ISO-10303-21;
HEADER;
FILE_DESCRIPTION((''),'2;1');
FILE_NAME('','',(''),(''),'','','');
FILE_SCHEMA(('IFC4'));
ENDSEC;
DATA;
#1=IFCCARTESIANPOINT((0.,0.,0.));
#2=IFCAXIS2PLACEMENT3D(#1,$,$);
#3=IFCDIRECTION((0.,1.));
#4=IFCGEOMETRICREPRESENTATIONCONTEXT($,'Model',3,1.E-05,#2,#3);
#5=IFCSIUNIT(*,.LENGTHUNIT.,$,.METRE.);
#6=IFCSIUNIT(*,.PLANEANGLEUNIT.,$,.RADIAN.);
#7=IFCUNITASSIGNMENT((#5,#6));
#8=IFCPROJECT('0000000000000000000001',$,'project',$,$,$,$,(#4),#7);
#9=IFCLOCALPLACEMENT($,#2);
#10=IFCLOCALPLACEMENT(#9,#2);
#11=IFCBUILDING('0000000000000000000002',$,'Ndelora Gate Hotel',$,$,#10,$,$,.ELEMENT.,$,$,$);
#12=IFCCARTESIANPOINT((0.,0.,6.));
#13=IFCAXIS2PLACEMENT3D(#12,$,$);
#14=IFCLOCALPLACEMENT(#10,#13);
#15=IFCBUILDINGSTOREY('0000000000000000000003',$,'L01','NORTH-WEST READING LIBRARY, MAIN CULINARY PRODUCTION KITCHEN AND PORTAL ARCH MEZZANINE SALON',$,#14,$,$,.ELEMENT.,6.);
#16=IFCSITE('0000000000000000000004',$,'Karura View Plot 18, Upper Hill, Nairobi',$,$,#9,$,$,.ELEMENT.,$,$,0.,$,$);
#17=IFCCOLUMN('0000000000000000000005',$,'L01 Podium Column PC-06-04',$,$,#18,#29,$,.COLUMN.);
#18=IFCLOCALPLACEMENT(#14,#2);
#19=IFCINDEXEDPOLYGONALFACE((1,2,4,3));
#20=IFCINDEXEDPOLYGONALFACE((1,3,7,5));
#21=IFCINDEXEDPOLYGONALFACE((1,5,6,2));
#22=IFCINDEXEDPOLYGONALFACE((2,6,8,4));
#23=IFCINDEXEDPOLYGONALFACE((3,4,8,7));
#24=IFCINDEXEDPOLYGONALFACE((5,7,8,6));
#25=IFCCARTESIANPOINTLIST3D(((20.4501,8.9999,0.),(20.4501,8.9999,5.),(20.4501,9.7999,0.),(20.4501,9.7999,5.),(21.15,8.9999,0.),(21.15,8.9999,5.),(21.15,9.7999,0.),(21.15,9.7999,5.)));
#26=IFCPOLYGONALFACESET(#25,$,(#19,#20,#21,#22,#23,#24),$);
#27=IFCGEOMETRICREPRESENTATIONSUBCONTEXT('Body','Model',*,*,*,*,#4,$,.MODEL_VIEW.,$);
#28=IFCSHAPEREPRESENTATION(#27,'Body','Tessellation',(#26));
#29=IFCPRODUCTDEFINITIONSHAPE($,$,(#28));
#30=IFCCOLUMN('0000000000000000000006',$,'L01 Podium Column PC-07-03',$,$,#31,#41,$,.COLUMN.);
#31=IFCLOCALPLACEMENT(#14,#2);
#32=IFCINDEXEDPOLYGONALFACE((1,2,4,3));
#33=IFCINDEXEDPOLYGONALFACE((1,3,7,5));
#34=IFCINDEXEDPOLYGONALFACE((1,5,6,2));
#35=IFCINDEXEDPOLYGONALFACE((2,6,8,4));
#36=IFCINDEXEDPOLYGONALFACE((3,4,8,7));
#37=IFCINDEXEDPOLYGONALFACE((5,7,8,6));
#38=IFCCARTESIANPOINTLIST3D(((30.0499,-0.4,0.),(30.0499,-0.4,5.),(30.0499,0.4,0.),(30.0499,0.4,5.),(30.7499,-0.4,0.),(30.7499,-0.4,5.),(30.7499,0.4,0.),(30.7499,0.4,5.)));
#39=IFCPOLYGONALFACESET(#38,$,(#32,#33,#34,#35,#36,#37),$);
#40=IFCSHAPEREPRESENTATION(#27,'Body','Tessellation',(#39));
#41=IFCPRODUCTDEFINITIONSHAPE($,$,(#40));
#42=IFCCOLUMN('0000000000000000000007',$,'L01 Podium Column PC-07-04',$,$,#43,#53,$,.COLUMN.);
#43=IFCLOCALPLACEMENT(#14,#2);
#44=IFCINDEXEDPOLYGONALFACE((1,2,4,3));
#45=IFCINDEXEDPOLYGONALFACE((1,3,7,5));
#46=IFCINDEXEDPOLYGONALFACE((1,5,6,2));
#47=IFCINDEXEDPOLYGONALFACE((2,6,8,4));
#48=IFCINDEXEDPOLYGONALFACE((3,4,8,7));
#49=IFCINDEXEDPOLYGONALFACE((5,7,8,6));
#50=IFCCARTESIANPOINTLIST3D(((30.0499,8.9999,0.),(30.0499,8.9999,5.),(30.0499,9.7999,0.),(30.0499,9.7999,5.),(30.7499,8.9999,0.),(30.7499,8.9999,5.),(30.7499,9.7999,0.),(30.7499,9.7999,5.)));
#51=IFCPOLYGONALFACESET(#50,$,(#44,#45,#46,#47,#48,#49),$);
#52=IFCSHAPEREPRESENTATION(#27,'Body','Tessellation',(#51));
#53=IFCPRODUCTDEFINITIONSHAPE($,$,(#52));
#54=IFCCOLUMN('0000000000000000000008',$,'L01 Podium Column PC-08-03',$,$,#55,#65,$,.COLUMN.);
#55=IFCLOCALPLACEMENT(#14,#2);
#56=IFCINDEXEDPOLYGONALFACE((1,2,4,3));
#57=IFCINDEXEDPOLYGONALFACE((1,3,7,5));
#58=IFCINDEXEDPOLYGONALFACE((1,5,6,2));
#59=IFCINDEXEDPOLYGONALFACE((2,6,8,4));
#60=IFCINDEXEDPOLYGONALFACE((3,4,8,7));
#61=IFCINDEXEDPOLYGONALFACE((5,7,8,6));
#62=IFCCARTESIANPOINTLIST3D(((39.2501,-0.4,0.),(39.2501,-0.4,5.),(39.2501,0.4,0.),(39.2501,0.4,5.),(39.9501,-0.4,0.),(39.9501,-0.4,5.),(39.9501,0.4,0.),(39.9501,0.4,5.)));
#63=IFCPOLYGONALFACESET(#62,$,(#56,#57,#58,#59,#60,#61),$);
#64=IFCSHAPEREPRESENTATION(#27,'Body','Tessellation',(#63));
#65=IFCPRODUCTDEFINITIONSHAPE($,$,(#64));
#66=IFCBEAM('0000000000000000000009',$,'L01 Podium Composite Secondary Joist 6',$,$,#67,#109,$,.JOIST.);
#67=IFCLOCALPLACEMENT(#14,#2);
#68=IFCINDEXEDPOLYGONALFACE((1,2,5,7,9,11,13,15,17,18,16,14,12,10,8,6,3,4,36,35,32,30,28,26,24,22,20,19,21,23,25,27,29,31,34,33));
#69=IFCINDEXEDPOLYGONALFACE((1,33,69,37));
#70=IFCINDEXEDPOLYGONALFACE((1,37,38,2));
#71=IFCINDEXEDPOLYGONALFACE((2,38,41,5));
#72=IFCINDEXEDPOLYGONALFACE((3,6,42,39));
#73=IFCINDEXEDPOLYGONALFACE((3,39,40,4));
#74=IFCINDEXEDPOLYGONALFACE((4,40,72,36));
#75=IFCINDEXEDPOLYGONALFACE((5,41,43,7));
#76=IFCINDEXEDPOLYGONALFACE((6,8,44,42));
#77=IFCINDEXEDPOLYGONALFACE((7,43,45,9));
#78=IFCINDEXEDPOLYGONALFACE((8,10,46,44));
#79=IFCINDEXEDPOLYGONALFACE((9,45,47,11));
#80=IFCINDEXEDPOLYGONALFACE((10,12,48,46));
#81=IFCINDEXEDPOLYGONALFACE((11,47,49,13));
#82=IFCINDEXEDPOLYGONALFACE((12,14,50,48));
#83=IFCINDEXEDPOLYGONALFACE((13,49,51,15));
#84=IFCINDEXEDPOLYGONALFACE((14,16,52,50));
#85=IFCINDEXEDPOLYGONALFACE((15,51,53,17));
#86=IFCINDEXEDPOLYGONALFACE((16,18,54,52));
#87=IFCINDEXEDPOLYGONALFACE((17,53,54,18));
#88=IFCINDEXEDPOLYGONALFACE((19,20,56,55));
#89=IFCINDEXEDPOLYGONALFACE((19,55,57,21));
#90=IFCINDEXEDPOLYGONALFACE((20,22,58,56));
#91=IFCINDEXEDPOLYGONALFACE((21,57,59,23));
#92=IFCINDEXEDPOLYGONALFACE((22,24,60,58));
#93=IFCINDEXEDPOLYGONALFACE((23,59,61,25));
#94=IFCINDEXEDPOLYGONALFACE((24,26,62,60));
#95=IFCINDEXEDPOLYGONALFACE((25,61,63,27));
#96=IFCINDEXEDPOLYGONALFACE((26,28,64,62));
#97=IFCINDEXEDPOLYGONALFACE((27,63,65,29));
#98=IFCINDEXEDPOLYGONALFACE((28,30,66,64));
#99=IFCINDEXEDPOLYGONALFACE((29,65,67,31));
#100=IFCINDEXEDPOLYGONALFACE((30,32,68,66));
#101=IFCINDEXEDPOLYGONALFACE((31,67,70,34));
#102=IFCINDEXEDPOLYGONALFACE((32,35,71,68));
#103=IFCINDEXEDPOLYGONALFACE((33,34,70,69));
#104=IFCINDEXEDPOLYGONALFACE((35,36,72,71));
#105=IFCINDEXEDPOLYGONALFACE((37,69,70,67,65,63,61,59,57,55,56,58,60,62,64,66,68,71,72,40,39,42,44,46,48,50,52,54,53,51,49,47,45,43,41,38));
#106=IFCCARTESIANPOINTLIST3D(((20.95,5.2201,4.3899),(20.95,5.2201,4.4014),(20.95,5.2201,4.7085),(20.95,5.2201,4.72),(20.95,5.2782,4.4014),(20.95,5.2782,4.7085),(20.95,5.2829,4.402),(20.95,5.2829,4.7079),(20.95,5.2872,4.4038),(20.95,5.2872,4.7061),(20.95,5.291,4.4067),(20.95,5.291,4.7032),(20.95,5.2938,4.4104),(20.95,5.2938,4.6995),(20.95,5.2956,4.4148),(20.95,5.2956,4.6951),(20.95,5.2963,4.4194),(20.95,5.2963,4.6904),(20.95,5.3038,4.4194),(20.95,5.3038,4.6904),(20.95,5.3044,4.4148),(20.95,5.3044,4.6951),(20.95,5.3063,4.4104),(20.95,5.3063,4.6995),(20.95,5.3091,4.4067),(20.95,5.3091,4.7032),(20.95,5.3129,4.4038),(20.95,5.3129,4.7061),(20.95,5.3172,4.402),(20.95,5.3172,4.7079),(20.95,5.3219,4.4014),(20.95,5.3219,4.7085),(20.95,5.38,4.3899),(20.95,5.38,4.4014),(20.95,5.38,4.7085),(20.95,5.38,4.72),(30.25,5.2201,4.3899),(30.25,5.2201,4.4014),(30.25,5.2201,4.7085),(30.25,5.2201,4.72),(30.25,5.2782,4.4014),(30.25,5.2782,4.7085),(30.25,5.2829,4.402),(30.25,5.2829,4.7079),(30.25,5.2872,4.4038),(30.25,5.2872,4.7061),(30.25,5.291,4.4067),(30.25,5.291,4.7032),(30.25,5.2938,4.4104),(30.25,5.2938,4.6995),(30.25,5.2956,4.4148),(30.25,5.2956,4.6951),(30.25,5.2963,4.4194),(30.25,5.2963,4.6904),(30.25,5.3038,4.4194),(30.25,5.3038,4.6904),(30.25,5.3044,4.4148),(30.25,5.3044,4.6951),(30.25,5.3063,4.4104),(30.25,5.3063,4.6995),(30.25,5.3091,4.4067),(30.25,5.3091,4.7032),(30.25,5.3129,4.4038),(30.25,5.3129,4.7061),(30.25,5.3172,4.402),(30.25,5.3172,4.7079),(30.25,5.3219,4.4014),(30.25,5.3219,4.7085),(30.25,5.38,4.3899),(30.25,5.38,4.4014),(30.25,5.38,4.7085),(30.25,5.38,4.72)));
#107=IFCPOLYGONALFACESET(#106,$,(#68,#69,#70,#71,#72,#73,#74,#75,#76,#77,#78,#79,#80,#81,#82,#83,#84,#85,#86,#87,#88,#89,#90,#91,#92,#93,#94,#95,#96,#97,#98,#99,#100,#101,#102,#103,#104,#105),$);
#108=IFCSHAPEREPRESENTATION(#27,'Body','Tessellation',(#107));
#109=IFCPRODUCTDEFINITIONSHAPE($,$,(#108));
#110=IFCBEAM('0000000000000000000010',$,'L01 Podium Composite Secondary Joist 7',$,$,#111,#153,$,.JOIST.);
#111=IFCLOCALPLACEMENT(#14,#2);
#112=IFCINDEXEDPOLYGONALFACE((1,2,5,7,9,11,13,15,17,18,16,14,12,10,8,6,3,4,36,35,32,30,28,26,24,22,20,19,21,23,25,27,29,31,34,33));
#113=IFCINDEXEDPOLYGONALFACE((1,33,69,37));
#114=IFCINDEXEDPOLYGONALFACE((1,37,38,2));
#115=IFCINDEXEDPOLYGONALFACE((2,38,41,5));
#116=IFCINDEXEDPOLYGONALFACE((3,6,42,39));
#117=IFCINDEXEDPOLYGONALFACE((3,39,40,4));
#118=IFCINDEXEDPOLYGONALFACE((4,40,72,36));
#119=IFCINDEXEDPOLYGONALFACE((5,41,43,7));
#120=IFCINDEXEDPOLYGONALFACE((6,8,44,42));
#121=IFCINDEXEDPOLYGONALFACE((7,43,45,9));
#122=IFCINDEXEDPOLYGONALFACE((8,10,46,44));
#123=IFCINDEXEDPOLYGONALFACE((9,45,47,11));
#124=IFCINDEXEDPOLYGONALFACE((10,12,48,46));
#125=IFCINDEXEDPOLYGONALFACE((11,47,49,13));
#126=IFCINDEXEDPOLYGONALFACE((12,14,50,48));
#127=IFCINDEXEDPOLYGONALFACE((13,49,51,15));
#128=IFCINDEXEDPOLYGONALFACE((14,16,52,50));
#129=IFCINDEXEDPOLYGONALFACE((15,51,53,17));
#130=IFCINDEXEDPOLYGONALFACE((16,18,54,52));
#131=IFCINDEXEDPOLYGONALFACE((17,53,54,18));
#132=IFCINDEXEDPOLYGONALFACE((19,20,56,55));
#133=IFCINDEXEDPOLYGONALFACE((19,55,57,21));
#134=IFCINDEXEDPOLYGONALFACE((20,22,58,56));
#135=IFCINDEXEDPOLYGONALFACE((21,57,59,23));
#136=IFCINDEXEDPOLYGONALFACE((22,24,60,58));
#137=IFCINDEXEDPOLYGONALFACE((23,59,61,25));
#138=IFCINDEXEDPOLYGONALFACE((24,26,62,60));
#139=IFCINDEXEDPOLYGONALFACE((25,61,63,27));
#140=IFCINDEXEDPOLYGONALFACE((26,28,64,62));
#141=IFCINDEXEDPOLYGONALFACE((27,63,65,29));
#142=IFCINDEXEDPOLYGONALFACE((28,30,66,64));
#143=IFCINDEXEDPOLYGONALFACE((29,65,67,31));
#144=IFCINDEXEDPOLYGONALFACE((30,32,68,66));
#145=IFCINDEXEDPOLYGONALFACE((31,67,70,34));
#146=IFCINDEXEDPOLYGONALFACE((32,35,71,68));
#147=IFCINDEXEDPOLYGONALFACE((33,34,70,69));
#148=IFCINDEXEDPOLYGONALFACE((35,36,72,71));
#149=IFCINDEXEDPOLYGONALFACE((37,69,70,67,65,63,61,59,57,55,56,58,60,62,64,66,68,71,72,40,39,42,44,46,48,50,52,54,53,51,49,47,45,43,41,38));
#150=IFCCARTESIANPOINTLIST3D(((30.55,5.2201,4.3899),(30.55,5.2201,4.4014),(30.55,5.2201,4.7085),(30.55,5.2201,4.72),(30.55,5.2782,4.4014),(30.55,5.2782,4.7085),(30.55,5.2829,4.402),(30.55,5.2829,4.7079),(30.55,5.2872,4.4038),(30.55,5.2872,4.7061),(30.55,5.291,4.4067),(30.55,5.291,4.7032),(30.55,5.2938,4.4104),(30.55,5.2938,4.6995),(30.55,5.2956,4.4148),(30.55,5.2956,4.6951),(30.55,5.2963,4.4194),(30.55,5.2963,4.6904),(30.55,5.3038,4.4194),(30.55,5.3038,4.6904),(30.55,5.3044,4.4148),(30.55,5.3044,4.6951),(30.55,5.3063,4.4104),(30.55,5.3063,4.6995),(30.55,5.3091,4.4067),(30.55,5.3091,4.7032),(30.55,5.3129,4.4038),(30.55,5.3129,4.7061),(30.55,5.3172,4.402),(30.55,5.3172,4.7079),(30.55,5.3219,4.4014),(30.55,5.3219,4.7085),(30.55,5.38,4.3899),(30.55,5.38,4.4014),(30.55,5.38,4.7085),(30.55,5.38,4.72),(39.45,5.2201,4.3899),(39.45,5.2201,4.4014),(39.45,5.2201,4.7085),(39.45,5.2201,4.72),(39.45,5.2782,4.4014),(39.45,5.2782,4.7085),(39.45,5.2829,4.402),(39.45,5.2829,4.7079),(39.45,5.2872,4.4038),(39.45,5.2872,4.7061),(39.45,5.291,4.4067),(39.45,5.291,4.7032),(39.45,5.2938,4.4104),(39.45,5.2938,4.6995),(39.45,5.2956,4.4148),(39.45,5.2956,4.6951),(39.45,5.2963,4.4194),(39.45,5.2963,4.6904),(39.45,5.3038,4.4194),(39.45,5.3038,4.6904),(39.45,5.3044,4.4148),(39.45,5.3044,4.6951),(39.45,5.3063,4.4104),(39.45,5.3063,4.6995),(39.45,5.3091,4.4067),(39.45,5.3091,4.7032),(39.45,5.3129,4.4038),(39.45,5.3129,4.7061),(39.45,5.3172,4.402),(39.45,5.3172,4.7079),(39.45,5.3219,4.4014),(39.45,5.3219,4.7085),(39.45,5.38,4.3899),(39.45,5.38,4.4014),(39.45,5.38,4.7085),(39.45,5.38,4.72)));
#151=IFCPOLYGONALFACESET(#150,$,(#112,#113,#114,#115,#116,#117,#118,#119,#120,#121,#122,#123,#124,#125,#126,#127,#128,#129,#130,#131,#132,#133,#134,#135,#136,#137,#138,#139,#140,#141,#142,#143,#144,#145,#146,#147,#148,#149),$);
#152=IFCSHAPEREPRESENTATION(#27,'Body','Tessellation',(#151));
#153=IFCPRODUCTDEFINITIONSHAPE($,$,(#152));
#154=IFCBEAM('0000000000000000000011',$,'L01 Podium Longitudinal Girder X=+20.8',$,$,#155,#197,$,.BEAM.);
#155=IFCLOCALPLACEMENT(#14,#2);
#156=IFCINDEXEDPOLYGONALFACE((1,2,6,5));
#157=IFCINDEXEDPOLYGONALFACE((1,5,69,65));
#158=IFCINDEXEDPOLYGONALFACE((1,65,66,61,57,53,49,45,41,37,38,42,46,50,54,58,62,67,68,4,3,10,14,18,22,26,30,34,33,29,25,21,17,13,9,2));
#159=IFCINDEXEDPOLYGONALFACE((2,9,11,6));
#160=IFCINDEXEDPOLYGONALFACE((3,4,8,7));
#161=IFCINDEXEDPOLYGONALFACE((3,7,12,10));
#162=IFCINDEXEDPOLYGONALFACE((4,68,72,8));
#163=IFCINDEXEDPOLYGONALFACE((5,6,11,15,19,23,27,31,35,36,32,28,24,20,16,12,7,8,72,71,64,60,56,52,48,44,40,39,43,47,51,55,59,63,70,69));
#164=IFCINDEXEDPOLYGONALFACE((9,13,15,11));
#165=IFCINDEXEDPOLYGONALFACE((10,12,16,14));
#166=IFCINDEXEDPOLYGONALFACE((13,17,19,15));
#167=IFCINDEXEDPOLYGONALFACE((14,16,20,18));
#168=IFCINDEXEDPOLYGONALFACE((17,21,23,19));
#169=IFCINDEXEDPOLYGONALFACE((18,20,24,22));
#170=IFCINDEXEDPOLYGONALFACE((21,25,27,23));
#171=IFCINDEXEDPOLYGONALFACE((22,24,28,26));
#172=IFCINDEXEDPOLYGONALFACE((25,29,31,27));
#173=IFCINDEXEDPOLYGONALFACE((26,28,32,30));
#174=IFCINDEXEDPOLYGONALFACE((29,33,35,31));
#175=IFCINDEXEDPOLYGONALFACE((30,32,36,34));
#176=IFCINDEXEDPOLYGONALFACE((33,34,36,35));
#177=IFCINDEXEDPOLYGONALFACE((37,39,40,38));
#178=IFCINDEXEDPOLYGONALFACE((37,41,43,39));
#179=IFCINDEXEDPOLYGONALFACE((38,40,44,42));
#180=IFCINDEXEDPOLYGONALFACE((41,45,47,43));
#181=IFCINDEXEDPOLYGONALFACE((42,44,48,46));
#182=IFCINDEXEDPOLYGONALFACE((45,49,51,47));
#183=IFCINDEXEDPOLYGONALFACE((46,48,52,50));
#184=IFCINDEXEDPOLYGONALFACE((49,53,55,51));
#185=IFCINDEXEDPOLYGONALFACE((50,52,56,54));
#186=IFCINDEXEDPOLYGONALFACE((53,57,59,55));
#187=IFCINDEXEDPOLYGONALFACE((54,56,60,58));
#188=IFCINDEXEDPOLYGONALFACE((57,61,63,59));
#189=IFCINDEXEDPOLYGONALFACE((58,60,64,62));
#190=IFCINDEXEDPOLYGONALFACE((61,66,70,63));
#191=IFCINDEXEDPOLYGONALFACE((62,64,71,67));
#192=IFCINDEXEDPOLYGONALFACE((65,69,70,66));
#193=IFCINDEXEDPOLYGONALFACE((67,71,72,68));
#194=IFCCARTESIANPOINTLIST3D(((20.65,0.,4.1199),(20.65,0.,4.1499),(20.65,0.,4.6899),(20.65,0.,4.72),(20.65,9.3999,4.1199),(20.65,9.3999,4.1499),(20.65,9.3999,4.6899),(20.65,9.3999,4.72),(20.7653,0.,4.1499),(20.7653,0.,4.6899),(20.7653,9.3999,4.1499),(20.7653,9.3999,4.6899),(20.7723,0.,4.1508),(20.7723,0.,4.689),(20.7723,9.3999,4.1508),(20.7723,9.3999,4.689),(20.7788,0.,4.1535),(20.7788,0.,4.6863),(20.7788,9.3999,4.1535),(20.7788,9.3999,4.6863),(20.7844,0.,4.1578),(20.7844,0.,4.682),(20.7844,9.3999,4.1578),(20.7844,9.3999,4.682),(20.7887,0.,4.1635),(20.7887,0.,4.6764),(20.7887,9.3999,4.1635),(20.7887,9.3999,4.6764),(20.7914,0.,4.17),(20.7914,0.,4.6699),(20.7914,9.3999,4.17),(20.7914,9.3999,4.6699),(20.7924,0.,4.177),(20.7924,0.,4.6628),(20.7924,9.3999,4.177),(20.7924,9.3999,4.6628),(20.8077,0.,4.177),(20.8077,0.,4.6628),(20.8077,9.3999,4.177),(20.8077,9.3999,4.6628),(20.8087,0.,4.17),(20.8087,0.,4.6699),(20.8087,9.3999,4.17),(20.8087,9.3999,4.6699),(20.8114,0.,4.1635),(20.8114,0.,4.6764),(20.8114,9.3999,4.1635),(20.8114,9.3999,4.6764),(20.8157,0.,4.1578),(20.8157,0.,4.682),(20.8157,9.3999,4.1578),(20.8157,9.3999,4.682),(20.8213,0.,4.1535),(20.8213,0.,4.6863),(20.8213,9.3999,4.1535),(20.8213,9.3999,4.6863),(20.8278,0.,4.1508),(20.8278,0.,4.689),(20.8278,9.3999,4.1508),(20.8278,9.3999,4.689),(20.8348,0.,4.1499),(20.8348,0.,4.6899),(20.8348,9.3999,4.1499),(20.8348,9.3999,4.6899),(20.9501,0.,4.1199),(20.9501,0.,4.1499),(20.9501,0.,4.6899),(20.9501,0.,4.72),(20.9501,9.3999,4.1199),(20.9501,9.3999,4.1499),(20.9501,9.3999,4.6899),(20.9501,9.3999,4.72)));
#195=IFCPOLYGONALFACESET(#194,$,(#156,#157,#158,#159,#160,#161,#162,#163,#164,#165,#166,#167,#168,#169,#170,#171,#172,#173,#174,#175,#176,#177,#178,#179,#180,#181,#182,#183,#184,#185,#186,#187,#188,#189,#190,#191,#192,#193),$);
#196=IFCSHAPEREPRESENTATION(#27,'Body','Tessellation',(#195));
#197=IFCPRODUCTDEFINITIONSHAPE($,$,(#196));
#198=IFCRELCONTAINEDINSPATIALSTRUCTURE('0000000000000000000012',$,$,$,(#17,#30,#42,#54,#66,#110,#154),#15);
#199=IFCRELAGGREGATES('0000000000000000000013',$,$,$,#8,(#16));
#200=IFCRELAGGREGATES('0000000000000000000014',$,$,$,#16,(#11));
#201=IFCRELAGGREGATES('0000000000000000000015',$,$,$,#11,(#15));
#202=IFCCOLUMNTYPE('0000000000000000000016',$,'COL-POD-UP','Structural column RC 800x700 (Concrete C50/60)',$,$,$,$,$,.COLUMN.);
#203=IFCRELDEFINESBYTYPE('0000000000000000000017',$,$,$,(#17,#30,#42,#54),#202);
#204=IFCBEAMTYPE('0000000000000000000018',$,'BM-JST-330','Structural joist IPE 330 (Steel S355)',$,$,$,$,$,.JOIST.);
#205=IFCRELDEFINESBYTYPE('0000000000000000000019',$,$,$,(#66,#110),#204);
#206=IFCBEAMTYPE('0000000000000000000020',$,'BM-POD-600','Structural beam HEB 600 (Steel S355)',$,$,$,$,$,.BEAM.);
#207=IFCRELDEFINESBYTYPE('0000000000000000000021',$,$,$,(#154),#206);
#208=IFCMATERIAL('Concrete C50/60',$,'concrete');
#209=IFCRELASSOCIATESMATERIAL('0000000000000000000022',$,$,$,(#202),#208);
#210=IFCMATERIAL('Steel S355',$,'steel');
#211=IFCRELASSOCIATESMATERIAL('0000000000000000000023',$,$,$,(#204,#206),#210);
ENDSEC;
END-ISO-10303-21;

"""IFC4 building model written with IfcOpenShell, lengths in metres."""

from ifc_helpers import new_model, si_unit, direction, frame, origin, origin_2d, place, context, subcontext, project, spatial, rectangle, i_section, extrude, material, material_profile, profile_set, type_object, element, save


model = new_model("IFC4")

# Units and contexts
model_context = context("Model", 3, precision=1e-05, world=origin(), true_north=direction((0.0, 1.0)))
body_context = subcontext(model_context, "Body", "Model", "MODEL_VIEW")
ifc_project = project(units=[si_unit("LENGTHUNIT", "METRE"), si_unit("PLANEANGLEUNIT", "RADIAN")], contexts=[model_context])

# Site, building, storey
site_placement = place(None, origin())
site = spatial("IfcSite", under=ifc_project, at=site_placement, Name="Karura View Plot 18, Upper Hill, Nairobi", CompositionType="ELEMENT", RefElevation=0.0)
building_placement = place(site_placement, origin())
building = spatial("IfcBuilding", under=site, at=building_placement, Name="Ndelora Gate Hotel", CompositionType="ELEMENT")
storey_placement = place(building_placement, frame((0.0, 0.0, 6.0)))
storey = spatial("IfcBuildingStorey", under=building, at=storey_placement, Name="L01", Description="NORTH-WEST READING LIBRARY, MAIN CULINARY PRODUCTION KITCHEN AND PORTAL ARCH MEZZANINE SALON", CompositionType="ELEMENT", Elevation=6.0)

# Columns
ifc_material_1 = material(Name="Concrete C50/60", Category="concrete")
ifc_material_profile_1 = material_profile(ifc_material_1, rectangle(XDim=0.7, YDim=0.8, at=origin_2d()), Name="RC 800x700")
ifc_profile_set_1 = profile_set([ifc_material_profile_1], Name="Concrete C50/60")
column_type = type_object("IfcColumnType", Name="COL-POD-UP", Description="Structural column RC 800x700 (Concrete C50/60)", PredefinedType="COLUMN", material=ifc_profile_set_1)
for number, where, z_axis, x_axis, name in (
    (1, (20.8, 9.3999, 0.0), (0.0, 0.0, 1.0), (1.0, 0.0, 0.0), "L01 Podium Column PC-06-04"),
    (2, (30.3999, 0.0, 0.0), (0.0, 0.0, 1.0), (1.0, 0.0, 0.0), "L01 Podium Column PC-07-03"),
    (3, (30.3999, 9.3999, 0.0), (0.0, 0.0, 1.0), (1.0, 0.0, 0.0), "L01 Podium Column PC-07-04"),
    (4, (39.6001, 0.0, 0.0), (0.0, 0.0, 1.0), (1.0, 0.0, 0.0), "L01 Podium Column PC-08-03"),
):
    element("IfcColumn", number, at=place(storey_placement, frame(where, z_axis=z_axis, x_axis=x_axis)), inside=storey, type_object=column_type, Name=name, PredefinedType="COLUMN", context=body_context, shape_type="SweptSolid", body=[
        extrude(rectangle(XDim=0.7, YDim=0.8, at=origin_2d()), origin(), (0.0, 0.0, 1.0), 5.0),
    ])

# Beams
ifc_material_2 = material(Name="Steel S355", Category="steel")
ifc_material_profile_2 = material_profile(ifc_material_2, i_section(OverallWidth=0.1599, OverallDepth=0.3301, WebThickness=0.0076, FlangeThickness=0.0115, FilletRadius=0.0181, at=origin_2d()), Name="IPE 330")
ifc_profile_set_2 = profile_set([ifc_material_profile_2], Name="Steel S355")
beam_type_1 = type_object("IfcBeamType", Name="BM-JST-330", Description="Structural joist IPE 330 (Steel S355)", PredefinedType="JOIST", material=ifc_profile_set_2)
beam_1_placement = place(storey_placement, frame((20.95, 5.3, 4.5549), z_axis=(1.0, 0.0, 0.0), x_axis=(0.0, 1.0, 0.0)))
element("IfcBeam", 5, at=beam_1_placement, inside=storey, type_object=beam_type_1, Name="L01 Podium Composite Secondary Joist 6", PredefinedType="JOIST", context=body_context, shape_type="SweptSolid", body=[
    extrude(i_section(OverallWidth=0.1599, OverallDepth=0.3301, WebThickness=0.0076, FlangeThickness=0.0115, FilletRadius=0.0181, at=origin_2d()), origin(), (0.0, 0.0, 1.0), 9.3),
])
beam_2_placement = place(storey_placement, frame((30.55, 5.3, 4.5549), z_axis=(1.0, 0.0, 0.0), x_axis=(0.0, 1.0, 0.0)))
element("IfcBeam", 6, at=beam_2_placement, inside=storey, type_object=beam_type_1, Name="L01 Podium Composite Secondary Joist 7", PredefinedType="JOIST", context=body_context, shape_type="SweptSolid", body=[
    extrude(i_section(OverallWidth=0.1599, OverallDepth=0.3301, WebThickness=0.0076, FlangeThickness=0.0115, FilletRadius=0.0181, at=origin_2d()), origin(), (0.0, 0.0, 1.0), 8.8999),
])
ifc_material_profile_3 = material_profile(ifc_material_2, i_section(OverallWidth=0.3, OverallDepth=0.6001, WebThickness=0.0154, FlangeThickness=0.03, FilletRadius=0.0271, at=origin_2d()), Name="HEB 600")
ifc_profile_set_3 = profile_set([ifc_material_profile_3], Name="Steel S355")
beam_type_2 = type_object("IfcBeamType", Name="BM-POD-600", Description="Structural beam HEB 600 (Steel S355)", PredefinedType="BEAM", material=ifc_profile_set_3)
beam_3_placement = place(storey_placement, frame((20.8, 0.0, 4.4199), z_axis=(0.0, 1.0, 0.0), x_axis=(-1.0, 0.0, 0.0)))
element("IfcBeam", 7, at=beam_3_placement, inside=storey, type_object=beam_type_2, Name="L01 Podium Longitudinal Girder X=+20.8", PredefinedType="BEAM", context=body_context, shape_type="SweptSolid", body=[
    extrude(i_section(OverallWidth=0.3, OverallDepth=0.6001, WebThickness=0.0154, FlangeThickness=0.03, FilletRadius=0.0271, at=origin_2d()), origin(), (0.0, 0.0, 1.0), 9.3999),
])

save(model, "model.ifc")
